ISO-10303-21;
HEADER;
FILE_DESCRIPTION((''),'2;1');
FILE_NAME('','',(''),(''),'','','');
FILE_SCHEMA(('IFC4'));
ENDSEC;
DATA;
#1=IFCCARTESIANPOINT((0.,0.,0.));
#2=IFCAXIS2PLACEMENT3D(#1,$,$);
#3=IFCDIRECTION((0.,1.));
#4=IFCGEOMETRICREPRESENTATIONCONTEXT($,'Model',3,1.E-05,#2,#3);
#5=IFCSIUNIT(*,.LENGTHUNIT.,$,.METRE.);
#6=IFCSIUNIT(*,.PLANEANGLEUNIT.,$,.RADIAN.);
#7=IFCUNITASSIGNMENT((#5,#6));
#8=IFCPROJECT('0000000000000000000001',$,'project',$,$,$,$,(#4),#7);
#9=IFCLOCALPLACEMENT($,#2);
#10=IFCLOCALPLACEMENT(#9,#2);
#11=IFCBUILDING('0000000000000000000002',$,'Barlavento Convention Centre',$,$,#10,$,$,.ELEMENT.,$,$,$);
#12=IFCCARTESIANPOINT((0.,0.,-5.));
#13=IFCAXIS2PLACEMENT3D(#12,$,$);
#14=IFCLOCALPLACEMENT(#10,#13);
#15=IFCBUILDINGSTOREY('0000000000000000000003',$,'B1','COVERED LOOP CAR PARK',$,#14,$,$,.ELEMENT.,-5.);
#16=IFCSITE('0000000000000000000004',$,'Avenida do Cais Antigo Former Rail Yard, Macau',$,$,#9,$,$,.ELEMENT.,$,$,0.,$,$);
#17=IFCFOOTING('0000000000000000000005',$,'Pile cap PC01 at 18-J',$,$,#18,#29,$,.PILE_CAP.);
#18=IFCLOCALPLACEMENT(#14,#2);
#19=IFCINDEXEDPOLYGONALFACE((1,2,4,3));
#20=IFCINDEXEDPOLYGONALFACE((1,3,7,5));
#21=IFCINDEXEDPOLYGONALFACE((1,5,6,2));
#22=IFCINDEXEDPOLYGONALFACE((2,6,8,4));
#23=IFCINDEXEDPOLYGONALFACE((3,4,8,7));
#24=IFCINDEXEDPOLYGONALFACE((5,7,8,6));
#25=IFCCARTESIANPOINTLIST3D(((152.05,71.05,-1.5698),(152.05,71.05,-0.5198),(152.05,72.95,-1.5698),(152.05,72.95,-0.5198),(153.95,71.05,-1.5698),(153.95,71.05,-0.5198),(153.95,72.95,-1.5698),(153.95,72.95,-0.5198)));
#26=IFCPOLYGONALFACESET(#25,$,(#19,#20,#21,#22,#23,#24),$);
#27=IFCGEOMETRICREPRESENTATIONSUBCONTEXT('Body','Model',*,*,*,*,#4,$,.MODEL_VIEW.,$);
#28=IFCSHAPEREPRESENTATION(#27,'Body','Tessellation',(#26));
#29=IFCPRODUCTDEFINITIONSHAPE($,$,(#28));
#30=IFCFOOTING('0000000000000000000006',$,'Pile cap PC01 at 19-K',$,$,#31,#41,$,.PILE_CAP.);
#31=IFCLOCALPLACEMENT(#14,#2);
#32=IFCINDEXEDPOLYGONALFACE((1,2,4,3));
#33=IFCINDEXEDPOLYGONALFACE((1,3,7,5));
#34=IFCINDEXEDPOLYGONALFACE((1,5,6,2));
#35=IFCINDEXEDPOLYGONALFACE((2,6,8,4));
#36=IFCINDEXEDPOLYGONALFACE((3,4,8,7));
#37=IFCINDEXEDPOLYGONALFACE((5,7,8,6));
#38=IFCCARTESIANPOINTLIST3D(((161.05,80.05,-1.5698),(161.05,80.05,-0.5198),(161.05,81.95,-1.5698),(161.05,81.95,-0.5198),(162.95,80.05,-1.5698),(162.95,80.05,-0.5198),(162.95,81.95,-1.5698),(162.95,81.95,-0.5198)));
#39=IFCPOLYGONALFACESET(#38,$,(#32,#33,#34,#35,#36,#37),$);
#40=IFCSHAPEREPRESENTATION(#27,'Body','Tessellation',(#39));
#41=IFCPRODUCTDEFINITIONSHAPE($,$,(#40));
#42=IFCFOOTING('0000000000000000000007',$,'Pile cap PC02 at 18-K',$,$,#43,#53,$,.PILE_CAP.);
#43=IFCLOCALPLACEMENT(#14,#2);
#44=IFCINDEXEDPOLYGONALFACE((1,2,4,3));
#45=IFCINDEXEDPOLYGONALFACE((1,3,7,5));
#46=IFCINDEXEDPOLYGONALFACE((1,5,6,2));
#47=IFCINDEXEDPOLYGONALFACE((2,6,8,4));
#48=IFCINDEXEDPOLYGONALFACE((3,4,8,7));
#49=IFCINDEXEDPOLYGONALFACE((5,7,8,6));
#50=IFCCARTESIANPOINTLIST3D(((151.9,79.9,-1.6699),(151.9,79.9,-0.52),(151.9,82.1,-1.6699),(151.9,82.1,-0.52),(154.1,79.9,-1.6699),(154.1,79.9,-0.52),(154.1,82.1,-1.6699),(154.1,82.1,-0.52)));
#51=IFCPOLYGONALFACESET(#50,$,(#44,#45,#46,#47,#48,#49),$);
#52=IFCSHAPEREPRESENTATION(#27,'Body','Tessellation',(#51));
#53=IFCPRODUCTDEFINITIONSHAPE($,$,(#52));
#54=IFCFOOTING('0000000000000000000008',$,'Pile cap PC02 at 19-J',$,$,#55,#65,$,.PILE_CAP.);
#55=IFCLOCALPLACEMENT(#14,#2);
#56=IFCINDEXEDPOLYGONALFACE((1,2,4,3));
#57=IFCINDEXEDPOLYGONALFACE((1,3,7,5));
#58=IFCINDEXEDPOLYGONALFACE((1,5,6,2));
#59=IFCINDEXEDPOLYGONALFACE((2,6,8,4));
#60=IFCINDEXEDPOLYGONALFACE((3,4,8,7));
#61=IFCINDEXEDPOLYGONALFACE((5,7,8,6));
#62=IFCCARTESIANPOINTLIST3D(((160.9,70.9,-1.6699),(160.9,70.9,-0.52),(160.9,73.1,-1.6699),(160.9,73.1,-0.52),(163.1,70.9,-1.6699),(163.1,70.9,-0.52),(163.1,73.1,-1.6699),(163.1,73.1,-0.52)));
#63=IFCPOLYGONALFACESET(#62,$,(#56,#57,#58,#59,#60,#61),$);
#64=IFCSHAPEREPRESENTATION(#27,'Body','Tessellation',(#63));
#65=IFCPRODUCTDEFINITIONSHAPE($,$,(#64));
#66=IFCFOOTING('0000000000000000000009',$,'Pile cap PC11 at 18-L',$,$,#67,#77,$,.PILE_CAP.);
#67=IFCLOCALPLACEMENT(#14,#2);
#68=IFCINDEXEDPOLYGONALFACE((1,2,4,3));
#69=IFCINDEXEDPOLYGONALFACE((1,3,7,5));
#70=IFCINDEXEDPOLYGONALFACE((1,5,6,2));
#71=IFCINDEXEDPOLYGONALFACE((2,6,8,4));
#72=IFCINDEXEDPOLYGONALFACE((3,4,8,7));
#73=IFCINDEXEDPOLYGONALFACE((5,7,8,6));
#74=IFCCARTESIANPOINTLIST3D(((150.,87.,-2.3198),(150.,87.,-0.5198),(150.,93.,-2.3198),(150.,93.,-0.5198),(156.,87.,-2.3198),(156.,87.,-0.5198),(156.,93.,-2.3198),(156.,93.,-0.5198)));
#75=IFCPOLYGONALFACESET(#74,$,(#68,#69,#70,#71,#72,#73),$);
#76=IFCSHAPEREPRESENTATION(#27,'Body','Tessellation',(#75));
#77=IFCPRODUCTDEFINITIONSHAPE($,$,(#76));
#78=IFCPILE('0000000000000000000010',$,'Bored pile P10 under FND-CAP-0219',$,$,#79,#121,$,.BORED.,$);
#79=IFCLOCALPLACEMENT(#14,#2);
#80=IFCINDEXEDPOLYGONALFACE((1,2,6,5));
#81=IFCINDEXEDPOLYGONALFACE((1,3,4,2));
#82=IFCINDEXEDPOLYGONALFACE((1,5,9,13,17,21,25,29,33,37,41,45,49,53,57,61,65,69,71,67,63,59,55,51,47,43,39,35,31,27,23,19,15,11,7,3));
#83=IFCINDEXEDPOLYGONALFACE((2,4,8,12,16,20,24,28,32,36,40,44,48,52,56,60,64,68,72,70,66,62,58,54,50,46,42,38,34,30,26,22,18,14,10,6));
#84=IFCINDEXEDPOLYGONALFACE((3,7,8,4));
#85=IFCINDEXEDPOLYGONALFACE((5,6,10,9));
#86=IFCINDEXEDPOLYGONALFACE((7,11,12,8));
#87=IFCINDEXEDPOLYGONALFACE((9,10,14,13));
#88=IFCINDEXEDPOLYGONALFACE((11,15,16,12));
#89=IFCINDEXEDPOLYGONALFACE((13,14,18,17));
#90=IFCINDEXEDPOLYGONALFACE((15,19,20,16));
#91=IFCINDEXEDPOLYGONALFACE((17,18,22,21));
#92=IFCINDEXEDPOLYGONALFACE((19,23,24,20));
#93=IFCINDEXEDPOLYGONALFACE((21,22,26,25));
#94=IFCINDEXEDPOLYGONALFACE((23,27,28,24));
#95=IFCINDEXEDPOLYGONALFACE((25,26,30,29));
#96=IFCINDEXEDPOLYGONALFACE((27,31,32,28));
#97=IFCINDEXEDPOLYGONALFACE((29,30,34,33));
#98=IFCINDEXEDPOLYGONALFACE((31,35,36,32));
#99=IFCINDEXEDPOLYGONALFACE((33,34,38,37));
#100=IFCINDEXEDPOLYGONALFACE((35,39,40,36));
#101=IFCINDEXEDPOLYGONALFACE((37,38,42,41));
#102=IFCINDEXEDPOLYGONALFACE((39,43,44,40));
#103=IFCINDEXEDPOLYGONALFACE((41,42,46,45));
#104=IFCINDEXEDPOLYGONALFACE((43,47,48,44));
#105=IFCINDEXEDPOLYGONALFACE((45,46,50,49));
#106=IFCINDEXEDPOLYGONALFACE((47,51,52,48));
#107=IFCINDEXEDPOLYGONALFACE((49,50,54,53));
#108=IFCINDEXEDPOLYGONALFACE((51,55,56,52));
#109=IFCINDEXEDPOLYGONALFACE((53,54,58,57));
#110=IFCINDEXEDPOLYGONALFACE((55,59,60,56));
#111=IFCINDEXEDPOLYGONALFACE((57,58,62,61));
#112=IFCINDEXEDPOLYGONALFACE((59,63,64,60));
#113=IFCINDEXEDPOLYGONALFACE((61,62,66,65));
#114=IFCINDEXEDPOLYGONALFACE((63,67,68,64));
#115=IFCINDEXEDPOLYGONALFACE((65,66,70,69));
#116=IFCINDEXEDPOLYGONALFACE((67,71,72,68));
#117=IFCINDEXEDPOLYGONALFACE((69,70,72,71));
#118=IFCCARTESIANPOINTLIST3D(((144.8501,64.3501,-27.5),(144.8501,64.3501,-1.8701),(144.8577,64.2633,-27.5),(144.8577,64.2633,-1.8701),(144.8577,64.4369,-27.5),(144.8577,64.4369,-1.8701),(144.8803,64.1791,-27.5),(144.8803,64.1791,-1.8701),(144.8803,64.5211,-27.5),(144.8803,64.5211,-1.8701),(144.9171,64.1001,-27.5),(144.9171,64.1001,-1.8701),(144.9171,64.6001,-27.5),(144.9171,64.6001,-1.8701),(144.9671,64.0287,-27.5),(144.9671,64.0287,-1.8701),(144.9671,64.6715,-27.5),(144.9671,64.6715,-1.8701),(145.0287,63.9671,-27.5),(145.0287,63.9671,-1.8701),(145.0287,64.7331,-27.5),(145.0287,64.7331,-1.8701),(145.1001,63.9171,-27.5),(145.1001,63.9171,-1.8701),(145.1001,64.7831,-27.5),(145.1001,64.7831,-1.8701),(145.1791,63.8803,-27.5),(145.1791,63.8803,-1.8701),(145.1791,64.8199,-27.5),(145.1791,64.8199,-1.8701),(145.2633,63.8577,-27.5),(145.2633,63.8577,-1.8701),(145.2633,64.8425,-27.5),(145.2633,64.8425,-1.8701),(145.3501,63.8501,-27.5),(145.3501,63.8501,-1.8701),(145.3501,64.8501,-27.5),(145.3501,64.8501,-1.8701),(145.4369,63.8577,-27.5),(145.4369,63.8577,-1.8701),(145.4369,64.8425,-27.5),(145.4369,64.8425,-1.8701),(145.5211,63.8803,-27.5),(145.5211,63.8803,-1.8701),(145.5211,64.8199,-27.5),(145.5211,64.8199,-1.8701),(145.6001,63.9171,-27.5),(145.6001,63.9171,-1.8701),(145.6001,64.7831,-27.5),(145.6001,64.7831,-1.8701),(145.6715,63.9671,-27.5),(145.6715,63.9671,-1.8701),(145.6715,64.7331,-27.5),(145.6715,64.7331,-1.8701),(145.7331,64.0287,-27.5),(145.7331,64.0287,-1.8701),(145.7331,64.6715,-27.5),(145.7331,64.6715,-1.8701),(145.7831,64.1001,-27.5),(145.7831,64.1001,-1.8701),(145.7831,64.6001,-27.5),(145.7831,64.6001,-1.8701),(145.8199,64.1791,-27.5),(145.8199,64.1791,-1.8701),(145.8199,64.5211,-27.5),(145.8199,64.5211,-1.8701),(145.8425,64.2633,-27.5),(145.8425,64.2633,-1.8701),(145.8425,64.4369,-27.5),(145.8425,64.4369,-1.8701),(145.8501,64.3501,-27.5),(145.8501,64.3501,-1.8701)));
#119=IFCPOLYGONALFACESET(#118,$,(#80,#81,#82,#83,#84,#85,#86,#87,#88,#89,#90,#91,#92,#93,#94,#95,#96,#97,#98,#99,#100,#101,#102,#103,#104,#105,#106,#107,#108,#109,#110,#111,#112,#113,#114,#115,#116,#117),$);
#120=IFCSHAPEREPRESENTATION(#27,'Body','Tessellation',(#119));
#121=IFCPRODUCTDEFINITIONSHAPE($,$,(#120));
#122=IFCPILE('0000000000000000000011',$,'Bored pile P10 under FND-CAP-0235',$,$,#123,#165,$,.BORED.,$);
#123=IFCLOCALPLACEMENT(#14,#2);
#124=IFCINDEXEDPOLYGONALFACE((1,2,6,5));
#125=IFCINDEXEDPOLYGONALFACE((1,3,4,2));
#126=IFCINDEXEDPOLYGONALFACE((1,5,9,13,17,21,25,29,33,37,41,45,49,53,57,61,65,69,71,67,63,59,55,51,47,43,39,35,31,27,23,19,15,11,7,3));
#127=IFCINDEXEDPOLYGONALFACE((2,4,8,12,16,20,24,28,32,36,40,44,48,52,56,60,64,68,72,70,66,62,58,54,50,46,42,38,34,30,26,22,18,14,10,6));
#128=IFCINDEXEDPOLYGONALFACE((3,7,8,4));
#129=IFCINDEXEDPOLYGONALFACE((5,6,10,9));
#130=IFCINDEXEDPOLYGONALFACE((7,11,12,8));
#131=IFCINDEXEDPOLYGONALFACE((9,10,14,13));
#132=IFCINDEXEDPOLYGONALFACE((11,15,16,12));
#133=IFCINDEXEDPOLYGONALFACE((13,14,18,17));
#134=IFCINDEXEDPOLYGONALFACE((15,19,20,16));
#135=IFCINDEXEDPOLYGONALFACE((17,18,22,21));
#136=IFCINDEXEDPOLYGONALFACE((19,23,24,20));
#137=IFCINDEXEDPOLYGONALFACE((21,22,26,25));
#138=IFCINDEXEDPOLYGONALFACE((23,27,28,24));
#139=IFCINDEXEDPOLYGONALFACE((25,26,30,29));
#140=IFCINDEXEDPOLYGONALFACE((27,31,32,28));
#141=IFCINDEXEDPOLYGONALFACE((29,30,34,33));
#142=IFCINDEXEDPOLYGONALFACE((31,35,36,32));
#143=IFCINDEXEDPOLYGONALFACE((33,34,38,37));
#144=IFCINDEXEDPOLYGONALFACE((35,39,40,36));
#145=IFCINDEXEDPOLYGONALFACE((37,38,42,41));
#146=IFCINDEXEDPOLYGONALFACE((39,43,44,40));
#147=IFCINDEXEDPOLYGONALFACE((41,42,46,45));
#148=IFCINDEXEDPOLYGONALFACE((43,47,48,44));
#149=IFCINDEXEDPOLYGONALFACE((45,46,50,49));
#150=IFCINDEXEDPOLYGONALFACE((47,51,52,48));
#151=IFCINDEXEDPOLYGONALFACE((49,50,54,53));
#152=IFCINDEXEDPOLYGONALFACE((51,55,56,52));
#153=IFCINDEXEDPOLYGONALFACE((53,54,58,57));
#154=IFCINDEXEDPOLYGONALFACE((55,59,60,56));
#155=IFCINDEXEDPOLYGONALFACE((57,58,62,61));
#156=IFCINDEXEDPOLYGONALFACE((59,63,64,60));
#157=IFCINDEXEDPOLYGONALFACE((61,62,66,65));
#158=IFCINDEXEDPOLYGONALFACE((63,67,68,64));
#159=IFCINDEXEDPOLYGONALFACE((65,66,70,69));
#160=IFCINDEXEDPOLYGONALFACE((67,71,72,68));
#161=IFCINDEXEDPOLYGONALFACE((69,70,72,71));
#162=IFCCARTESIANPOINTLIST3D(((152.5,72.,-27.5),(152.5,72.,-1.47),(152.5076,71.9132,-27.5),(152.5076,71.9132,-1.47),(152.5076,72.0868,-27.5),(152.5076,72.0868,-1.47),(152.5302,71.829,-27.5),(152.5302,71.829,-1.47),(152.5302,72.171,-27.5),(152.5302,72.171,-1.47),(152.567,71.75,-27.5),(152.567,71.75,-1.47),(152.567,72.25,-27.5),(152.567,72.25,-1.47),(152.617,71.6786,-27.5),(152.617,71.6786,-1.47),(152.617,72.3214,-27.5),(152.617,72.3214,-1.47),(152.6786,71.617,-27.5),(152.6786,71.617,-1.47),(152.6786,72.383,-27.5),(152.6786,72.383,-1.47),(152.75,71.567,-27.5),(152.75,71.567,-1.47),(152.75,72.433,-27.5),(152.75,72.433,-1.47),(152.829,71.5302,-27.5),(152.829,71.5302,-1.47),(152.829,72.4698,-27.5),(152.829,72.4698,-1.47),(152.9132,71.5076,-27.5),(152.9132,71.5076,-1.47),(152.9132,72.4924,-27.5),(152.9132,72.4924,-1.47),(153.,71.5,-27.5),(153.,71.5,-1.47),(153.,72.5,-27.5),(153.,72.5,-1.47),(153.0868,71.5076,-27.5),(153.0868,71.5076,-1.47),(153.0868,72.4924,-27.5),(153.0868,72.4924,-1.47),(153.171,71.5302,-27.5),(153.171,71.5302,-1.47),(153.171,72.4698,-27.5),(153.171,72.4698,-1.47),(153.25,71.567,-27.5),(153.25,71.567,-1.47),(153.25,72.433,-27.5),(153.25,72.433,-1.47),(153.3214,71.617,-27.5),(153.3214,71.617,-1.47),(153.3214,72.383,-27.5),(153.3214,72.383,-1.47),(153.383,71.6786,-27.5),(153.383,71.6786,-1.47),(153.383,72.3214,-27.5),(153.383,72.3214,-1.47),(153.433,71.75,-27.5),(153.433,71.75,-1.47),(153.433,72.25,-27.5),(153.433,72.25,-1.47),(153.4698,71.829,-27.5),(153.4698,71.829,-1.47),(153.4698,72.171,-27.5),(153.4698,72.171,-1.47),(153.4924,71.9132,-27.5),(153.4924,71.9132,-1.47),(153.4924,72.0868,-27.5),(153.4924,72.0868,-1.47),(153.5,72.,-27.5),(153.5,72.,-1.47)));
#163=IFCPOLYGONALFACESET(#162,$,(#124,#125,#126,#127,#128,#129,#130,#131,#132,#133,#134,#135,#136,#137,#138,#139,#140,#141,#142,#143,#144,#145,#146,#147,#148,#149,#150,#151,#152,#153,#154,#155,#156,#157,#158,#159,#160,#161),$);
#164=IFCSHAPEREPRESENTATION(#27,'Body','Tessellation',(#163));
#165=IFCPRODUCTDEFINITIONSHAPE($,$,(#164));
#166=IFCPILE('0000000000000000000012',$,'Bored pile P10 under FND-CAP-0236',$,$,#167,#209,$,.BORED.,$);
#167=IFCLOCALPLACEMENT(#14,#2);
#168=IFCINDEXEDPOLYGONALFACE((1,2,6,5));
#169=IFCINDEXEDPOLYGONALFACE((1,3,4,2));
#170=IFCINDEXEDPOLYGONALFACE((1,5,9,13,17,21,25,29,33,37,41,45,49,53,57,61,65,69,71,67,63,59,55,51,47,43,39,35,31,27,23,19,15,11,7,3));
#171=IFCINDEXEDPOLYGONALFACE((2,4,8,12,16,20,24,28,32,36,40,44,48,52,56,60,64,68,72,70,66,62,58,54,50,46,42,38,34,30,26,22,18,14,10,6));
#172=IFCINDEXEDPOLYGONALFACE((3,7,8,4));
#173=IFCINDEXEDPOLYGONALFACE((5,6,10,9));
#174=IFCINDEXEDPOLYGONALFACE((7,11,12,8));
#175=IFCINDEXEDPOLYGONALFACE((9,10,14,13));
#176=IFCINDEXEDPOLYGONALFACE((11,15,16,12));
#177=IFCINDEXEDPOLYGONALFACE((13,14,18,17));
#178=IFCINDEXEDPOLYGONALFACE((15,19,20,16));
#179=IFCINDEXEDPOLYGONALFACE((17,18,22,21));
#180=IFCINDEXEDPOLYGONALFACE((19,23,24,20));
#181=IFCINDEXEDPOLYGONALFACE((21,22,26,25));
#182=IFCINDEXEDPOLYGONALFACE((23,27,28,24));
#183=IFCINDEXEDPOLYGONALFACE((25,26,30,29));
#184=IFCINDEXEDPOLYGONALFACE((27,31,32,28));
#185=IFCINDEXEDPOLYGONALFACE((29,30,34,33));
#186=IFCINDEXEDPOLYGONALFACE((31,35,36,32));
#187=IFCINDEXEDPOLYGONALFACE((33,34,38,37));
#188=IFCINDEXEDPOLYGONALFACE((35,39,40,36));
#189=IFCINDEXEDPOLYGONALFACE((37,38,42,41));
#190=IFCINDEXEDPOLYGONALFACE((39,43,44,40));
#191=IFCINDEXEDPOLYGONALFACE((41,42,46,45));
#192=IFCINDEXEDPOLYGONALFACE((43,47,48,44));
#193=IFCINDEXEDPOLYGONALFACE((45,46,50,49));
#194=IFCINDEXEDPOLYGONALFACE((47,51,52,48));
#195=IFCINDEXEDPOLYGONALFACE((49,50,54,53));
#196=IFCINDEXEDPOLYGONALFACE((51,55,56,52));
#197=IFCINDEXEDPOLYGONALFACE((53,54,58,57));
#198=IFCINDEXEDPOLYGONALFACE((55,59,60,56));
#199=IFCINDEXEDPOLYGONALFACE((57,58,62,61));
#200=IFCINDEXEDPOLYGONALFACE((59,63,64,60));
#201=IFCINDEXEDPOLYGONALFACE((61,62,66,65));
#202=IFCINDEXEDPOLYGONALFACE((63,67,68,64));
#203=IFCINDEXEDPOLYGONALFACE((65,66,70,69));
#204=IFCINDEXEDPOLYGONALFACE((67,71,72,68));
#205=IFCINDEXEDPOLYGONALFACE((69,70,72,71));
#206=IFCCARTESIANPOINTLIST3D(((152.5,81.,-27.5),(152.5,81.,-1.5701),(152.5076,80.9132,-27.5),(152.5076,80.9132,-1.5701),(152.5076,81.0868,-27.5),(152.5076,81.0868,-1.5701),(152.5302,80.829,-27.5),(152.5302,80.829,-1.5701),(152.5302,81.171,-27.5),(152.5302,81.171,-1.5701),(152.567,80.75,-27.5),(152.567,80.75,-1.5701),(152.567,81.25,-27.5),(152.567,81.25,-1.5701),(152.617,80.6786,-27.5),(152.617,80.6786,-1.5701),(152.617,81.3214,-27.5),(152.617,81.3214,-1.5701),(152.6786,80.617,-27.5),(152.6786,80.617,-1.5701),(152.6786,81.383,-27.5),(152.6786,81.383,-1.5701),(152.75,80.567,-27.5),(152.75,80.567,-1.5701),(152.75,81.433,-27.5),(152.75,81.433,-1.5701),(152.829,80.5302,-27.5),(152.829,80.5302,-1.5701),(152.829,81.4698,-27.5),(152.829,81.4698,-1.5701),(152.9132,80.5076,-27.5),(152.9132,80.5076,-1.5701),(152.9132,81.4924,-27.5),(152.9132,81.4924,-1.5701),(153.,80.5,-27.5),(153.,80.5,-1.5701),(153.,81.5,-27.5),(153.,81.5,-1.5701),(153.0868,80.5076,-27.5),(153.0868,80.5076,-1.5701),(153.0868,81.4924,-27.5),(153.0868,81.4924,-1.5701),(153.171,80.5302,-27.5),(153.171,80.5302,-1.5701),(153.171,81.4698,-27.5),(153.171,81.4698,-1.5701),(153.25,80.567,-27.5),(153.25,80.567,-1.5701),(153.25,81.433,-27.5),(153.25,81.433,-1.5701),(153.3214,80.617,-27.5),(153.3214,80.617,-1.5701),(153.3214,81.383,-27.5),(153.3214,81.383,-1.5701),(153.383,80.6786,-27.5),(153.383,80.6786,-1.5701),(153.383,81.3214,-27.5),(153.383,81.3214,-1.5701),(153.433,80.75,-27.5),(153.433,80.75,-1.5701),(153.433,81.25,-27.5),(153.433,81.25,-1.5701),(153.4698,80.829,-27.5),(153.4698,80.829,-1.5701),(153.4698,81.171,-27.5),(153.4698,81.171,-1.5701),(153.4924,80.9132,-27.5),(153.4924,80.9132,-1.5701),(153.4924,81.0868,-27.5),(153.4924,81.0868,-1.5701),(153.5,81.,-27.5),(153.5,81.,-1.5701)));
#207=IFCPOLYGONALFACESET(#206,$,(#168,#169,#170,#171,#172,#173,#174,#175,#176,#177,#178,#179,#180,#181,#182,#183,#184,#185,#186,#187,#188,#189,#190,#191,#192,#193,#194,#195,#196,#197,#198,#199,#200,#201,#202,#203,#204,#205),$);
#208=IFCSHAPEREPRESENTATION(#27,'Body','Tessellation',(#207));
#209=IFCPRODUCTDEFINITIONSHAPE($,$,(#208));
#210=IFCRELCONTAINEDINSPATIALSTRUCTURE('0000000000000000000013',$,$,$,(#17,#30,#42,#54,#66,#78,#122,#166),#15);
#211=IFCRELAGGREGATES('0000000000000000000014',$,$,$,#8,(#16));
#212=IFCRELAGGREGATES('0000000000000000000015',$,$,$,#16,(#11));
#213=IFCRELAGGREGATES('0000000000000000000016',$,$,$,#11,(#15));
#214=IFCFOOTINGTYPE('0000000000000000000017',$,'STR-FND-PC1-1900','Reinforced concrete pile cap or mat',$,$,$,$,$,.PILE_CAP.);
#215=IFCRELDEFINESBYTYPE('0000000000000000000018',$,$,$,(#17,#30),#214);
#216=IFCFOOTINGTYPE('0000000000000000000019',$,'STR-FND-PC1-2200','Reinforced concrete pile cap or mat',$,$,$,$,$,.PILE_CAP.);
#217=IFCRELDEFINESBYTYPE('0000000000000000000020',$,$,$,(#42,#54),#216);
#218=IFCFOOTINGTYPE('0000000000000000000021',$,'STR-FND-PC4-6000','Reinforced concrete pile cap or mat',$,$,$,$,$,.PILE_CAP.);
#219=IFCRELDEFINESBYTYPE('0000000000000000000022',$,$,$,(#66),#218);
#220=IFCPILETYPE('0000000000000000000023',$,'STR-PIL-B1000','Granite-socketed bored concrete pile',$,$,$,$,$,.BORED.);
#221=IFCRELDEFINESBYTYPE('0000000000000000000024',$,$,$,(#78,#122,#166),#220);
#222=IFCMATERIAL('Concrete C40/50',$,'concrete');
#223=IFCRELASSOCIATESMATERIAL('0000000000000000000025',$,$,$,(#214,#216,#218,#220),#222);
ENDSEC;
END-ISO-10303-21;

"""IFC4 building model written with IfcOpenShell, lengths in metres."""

from ifc_helpers import new_model, si_unit, direction, frame, origin, origin_2d, place, context, subcontext, project, spatial, rectangle, circle, extrude, material, material_profile, profile_set, type_object, element, save


model = new_model("IFC4")

# Units and contexts
model_context = context("Model", 3, precision=1e-05, world=origin(), true_north=direction((0.0, 1.0)))
body_context = subcontext(model_context, "Body", "Model", "MODEL_VIEW")
ifc_project = project(units=[si_unit("LENGTHUNIT", "METRE"), si_unit("PLANEANGLEUNIT", "RADIAN")], contexts=[model_context])

# Site, building, storey
site_placement = place(None, origin())
site = spatial("IfcSite", under=ifc_project, at=site_placement, Name="Avenida do Cais Antigo Former Rail Yard, Macau", CompositionType="ELEMENT", RefElevation=0.0)
building_placement = place(site_placement, origin())
building = spatial("IfcBuilding", under=site, at=building_placement, Name="Barlavento Convention Centre", CompositionType="ELEMENT")
storey_placement = place(building_placement, frame((0.0, 0.0, -5.0)))
storey = spatial("IfcBuildingStorey", under=building, at=storey_placement, Name="B1", Description="COVERED LOOP CAR PARK", CompositionType="ELEMENT", Elevation=-5.0)

# Footings
ifc_material_1 = material(Name="Concrete C40/50", Category="concrete")
footing_type_1 = type_object("IfcFootingType", Name="STR-FND-PC1-1900", Description="Reinforced concrete pile cap or mat", PredefinedType="PILE_CAP", material=ifc_material_1)
for number, where, z_axis, x_axis, name in (
    (1, (153.0, 72.0, -1.5698), (0.0, 0.0, 1.0), (1.0, 0.0, 0.0), "Pile cap PC01 at 18-J"),
    (2, (162.0, 81.0, -1.5698), (0.0, 0.0, 1.0), (1.0, 0.0, 0.0), "Pile cap PC01 at 19-K"),
):
    element("IfcFooting", number, at=place(storey_placement, frame(where, z_axis=z_axis, x_axis=x_axis)), inside=storey, type_object=footing_type_1, Name=name, PredefinedType="PILE_CAP", context=body_context, shape_type="SweptSolid", body=[
        extrude(rectangle(XDim=1.8999, YDim=1.8999, at=origin_2d()), origin(), (0.0, 0.0, 1.0), 1.05),
    ])
footing_type_2 = type_object("IfcFootingType", Name="STR-FND-PC1-2200", Description="Reinforced concrete pile cap or mat", PredefinedType="PILE_CAP", material=ifc_material_1)
for number, where, z_axis, x_axis, name in (
    (3, (153.0, 81.0, -1.6699), (0.0, 0.0, 1.0), (1.0, 0.0, 0.0), "Pile cap PC02 at 18-K"),
    (4, (162.0, 72.0, -1.6699), (0.0, 0.0, 1.0), (1.0, 0.0, 0.0), "Pile cap PC02 at 19-J"),
):
    element("IfcFooting", number, at=place(storey_placement, frame(where, z_axis=z_axis, x_axis=x_axis)), inside=storey, type_object=footing_type_2, Name=name, PredefinedType="PILE_CAP", context=body_context, shape_type="SweptSolid", body=[
        extrude(rectangle(XDim=2.2, YDim=2.2, at=origin_2d()), origin(), (0.0, 0.0, 1.0), 1.1499),
    ])
footing_type_3 = type_object("IfcFootingType", Name="STR-FND-PC4-6000", Description="Reinforced concrete pile cap or mat", PredefinedType="PILE_CAP", material=ifc_material_1)
footing_placement = place(storey_placement, frame((153.0, 90.0, -2.3198), z_axis=(0.0, 0.0, 1.0), x_axis=(1.0, 0.0, 0.0)))
element("IfcFooting", 5, at=footing_placement, inside=storey, type_object=footing_type_3, Name="Pile cap PC11 at 18-L", PredefinedType="PILE_CAP", context=body_context, shape_type="SweptSolid", body=[
    extrude(rectangle(XDim=6.0, YDim=6.0, at=origin_2d()), origin(), (0.0, 0.0, 1.0), 1.8),
])

# Piles
ifc_material_profile_1 = material_profile(ifc_material_1, circle(Radius=0.5, at=origin_2d()), Name="BORED PILE 1000")
ifc_profile_set_1 = profile_set([ifc_material_profile_1], Name="Concrete C40/50")
pile_type_1 = type_object("IfcPileType", Name="STR-PIL-B1000", Description="Granite-socketed bored concrete pile", PredefinedType="BORED", material=ifc_profile_set_1)
pile_1_placement = place(storey_placement, frame((145.3501, 64.3501, -1.8701), z_axis=(0.0, 0.0, -1.0), x_axis=(1.0, 0.0, 0.0)))
element("IfcPile", 6, at=pile_1_placement, inside=storey, type_object=pile_type_1, Name="Bored pile P10 under FND-CAP-0219", PredefinedType="BORED", context=body_context, shape_type="SweptSolid", body=[
    extrude(circle(Radius=0.5, at=origin_2d()), origin(), (0.0, 0.0, 1.0), 25.6299),
])
pile_2_placement = place(storey_placement, frame((153.0, 72.0, -1.47), z_axis=(0.0, 0.0, -1.0), x_axis=(1.0, 0.0, 0.0)))
element("IfcPile", 7, at=pile_2_placement, inside=storey, type_object=pile_type_1, Name="Bored pile P10 under FND-CAP-0235", PredefinedType="BORED", context=body_context, shape_type="SweptSolid", body=[
    extrude(circle(Radius=0.5, at=origin_2d()), origin(), (0.0, 0.0, 1.0), 26.03),
])
pile_3_placement = place(storey_placement, frame((153.0, 81.0, -1.5701), z_axis=(0.0, 0.0, -1.0), x_axis=(1.0, 0.0, 0.0)))
element("IfcPile", 8, at=pile_3_placement, inside=storey, type_object=pile_type_1, Name="Bored pile P10 under FND-CAP-0236", PredefinedType="BORED", context=body_context, shape_type="SweptSolid", body=[
    extrude(circle(Radius=0.5, at=origin_2d()), origin(), (0.0, 0.0, 1.0), 25.9299),
])

save(model, "model.ifc")
